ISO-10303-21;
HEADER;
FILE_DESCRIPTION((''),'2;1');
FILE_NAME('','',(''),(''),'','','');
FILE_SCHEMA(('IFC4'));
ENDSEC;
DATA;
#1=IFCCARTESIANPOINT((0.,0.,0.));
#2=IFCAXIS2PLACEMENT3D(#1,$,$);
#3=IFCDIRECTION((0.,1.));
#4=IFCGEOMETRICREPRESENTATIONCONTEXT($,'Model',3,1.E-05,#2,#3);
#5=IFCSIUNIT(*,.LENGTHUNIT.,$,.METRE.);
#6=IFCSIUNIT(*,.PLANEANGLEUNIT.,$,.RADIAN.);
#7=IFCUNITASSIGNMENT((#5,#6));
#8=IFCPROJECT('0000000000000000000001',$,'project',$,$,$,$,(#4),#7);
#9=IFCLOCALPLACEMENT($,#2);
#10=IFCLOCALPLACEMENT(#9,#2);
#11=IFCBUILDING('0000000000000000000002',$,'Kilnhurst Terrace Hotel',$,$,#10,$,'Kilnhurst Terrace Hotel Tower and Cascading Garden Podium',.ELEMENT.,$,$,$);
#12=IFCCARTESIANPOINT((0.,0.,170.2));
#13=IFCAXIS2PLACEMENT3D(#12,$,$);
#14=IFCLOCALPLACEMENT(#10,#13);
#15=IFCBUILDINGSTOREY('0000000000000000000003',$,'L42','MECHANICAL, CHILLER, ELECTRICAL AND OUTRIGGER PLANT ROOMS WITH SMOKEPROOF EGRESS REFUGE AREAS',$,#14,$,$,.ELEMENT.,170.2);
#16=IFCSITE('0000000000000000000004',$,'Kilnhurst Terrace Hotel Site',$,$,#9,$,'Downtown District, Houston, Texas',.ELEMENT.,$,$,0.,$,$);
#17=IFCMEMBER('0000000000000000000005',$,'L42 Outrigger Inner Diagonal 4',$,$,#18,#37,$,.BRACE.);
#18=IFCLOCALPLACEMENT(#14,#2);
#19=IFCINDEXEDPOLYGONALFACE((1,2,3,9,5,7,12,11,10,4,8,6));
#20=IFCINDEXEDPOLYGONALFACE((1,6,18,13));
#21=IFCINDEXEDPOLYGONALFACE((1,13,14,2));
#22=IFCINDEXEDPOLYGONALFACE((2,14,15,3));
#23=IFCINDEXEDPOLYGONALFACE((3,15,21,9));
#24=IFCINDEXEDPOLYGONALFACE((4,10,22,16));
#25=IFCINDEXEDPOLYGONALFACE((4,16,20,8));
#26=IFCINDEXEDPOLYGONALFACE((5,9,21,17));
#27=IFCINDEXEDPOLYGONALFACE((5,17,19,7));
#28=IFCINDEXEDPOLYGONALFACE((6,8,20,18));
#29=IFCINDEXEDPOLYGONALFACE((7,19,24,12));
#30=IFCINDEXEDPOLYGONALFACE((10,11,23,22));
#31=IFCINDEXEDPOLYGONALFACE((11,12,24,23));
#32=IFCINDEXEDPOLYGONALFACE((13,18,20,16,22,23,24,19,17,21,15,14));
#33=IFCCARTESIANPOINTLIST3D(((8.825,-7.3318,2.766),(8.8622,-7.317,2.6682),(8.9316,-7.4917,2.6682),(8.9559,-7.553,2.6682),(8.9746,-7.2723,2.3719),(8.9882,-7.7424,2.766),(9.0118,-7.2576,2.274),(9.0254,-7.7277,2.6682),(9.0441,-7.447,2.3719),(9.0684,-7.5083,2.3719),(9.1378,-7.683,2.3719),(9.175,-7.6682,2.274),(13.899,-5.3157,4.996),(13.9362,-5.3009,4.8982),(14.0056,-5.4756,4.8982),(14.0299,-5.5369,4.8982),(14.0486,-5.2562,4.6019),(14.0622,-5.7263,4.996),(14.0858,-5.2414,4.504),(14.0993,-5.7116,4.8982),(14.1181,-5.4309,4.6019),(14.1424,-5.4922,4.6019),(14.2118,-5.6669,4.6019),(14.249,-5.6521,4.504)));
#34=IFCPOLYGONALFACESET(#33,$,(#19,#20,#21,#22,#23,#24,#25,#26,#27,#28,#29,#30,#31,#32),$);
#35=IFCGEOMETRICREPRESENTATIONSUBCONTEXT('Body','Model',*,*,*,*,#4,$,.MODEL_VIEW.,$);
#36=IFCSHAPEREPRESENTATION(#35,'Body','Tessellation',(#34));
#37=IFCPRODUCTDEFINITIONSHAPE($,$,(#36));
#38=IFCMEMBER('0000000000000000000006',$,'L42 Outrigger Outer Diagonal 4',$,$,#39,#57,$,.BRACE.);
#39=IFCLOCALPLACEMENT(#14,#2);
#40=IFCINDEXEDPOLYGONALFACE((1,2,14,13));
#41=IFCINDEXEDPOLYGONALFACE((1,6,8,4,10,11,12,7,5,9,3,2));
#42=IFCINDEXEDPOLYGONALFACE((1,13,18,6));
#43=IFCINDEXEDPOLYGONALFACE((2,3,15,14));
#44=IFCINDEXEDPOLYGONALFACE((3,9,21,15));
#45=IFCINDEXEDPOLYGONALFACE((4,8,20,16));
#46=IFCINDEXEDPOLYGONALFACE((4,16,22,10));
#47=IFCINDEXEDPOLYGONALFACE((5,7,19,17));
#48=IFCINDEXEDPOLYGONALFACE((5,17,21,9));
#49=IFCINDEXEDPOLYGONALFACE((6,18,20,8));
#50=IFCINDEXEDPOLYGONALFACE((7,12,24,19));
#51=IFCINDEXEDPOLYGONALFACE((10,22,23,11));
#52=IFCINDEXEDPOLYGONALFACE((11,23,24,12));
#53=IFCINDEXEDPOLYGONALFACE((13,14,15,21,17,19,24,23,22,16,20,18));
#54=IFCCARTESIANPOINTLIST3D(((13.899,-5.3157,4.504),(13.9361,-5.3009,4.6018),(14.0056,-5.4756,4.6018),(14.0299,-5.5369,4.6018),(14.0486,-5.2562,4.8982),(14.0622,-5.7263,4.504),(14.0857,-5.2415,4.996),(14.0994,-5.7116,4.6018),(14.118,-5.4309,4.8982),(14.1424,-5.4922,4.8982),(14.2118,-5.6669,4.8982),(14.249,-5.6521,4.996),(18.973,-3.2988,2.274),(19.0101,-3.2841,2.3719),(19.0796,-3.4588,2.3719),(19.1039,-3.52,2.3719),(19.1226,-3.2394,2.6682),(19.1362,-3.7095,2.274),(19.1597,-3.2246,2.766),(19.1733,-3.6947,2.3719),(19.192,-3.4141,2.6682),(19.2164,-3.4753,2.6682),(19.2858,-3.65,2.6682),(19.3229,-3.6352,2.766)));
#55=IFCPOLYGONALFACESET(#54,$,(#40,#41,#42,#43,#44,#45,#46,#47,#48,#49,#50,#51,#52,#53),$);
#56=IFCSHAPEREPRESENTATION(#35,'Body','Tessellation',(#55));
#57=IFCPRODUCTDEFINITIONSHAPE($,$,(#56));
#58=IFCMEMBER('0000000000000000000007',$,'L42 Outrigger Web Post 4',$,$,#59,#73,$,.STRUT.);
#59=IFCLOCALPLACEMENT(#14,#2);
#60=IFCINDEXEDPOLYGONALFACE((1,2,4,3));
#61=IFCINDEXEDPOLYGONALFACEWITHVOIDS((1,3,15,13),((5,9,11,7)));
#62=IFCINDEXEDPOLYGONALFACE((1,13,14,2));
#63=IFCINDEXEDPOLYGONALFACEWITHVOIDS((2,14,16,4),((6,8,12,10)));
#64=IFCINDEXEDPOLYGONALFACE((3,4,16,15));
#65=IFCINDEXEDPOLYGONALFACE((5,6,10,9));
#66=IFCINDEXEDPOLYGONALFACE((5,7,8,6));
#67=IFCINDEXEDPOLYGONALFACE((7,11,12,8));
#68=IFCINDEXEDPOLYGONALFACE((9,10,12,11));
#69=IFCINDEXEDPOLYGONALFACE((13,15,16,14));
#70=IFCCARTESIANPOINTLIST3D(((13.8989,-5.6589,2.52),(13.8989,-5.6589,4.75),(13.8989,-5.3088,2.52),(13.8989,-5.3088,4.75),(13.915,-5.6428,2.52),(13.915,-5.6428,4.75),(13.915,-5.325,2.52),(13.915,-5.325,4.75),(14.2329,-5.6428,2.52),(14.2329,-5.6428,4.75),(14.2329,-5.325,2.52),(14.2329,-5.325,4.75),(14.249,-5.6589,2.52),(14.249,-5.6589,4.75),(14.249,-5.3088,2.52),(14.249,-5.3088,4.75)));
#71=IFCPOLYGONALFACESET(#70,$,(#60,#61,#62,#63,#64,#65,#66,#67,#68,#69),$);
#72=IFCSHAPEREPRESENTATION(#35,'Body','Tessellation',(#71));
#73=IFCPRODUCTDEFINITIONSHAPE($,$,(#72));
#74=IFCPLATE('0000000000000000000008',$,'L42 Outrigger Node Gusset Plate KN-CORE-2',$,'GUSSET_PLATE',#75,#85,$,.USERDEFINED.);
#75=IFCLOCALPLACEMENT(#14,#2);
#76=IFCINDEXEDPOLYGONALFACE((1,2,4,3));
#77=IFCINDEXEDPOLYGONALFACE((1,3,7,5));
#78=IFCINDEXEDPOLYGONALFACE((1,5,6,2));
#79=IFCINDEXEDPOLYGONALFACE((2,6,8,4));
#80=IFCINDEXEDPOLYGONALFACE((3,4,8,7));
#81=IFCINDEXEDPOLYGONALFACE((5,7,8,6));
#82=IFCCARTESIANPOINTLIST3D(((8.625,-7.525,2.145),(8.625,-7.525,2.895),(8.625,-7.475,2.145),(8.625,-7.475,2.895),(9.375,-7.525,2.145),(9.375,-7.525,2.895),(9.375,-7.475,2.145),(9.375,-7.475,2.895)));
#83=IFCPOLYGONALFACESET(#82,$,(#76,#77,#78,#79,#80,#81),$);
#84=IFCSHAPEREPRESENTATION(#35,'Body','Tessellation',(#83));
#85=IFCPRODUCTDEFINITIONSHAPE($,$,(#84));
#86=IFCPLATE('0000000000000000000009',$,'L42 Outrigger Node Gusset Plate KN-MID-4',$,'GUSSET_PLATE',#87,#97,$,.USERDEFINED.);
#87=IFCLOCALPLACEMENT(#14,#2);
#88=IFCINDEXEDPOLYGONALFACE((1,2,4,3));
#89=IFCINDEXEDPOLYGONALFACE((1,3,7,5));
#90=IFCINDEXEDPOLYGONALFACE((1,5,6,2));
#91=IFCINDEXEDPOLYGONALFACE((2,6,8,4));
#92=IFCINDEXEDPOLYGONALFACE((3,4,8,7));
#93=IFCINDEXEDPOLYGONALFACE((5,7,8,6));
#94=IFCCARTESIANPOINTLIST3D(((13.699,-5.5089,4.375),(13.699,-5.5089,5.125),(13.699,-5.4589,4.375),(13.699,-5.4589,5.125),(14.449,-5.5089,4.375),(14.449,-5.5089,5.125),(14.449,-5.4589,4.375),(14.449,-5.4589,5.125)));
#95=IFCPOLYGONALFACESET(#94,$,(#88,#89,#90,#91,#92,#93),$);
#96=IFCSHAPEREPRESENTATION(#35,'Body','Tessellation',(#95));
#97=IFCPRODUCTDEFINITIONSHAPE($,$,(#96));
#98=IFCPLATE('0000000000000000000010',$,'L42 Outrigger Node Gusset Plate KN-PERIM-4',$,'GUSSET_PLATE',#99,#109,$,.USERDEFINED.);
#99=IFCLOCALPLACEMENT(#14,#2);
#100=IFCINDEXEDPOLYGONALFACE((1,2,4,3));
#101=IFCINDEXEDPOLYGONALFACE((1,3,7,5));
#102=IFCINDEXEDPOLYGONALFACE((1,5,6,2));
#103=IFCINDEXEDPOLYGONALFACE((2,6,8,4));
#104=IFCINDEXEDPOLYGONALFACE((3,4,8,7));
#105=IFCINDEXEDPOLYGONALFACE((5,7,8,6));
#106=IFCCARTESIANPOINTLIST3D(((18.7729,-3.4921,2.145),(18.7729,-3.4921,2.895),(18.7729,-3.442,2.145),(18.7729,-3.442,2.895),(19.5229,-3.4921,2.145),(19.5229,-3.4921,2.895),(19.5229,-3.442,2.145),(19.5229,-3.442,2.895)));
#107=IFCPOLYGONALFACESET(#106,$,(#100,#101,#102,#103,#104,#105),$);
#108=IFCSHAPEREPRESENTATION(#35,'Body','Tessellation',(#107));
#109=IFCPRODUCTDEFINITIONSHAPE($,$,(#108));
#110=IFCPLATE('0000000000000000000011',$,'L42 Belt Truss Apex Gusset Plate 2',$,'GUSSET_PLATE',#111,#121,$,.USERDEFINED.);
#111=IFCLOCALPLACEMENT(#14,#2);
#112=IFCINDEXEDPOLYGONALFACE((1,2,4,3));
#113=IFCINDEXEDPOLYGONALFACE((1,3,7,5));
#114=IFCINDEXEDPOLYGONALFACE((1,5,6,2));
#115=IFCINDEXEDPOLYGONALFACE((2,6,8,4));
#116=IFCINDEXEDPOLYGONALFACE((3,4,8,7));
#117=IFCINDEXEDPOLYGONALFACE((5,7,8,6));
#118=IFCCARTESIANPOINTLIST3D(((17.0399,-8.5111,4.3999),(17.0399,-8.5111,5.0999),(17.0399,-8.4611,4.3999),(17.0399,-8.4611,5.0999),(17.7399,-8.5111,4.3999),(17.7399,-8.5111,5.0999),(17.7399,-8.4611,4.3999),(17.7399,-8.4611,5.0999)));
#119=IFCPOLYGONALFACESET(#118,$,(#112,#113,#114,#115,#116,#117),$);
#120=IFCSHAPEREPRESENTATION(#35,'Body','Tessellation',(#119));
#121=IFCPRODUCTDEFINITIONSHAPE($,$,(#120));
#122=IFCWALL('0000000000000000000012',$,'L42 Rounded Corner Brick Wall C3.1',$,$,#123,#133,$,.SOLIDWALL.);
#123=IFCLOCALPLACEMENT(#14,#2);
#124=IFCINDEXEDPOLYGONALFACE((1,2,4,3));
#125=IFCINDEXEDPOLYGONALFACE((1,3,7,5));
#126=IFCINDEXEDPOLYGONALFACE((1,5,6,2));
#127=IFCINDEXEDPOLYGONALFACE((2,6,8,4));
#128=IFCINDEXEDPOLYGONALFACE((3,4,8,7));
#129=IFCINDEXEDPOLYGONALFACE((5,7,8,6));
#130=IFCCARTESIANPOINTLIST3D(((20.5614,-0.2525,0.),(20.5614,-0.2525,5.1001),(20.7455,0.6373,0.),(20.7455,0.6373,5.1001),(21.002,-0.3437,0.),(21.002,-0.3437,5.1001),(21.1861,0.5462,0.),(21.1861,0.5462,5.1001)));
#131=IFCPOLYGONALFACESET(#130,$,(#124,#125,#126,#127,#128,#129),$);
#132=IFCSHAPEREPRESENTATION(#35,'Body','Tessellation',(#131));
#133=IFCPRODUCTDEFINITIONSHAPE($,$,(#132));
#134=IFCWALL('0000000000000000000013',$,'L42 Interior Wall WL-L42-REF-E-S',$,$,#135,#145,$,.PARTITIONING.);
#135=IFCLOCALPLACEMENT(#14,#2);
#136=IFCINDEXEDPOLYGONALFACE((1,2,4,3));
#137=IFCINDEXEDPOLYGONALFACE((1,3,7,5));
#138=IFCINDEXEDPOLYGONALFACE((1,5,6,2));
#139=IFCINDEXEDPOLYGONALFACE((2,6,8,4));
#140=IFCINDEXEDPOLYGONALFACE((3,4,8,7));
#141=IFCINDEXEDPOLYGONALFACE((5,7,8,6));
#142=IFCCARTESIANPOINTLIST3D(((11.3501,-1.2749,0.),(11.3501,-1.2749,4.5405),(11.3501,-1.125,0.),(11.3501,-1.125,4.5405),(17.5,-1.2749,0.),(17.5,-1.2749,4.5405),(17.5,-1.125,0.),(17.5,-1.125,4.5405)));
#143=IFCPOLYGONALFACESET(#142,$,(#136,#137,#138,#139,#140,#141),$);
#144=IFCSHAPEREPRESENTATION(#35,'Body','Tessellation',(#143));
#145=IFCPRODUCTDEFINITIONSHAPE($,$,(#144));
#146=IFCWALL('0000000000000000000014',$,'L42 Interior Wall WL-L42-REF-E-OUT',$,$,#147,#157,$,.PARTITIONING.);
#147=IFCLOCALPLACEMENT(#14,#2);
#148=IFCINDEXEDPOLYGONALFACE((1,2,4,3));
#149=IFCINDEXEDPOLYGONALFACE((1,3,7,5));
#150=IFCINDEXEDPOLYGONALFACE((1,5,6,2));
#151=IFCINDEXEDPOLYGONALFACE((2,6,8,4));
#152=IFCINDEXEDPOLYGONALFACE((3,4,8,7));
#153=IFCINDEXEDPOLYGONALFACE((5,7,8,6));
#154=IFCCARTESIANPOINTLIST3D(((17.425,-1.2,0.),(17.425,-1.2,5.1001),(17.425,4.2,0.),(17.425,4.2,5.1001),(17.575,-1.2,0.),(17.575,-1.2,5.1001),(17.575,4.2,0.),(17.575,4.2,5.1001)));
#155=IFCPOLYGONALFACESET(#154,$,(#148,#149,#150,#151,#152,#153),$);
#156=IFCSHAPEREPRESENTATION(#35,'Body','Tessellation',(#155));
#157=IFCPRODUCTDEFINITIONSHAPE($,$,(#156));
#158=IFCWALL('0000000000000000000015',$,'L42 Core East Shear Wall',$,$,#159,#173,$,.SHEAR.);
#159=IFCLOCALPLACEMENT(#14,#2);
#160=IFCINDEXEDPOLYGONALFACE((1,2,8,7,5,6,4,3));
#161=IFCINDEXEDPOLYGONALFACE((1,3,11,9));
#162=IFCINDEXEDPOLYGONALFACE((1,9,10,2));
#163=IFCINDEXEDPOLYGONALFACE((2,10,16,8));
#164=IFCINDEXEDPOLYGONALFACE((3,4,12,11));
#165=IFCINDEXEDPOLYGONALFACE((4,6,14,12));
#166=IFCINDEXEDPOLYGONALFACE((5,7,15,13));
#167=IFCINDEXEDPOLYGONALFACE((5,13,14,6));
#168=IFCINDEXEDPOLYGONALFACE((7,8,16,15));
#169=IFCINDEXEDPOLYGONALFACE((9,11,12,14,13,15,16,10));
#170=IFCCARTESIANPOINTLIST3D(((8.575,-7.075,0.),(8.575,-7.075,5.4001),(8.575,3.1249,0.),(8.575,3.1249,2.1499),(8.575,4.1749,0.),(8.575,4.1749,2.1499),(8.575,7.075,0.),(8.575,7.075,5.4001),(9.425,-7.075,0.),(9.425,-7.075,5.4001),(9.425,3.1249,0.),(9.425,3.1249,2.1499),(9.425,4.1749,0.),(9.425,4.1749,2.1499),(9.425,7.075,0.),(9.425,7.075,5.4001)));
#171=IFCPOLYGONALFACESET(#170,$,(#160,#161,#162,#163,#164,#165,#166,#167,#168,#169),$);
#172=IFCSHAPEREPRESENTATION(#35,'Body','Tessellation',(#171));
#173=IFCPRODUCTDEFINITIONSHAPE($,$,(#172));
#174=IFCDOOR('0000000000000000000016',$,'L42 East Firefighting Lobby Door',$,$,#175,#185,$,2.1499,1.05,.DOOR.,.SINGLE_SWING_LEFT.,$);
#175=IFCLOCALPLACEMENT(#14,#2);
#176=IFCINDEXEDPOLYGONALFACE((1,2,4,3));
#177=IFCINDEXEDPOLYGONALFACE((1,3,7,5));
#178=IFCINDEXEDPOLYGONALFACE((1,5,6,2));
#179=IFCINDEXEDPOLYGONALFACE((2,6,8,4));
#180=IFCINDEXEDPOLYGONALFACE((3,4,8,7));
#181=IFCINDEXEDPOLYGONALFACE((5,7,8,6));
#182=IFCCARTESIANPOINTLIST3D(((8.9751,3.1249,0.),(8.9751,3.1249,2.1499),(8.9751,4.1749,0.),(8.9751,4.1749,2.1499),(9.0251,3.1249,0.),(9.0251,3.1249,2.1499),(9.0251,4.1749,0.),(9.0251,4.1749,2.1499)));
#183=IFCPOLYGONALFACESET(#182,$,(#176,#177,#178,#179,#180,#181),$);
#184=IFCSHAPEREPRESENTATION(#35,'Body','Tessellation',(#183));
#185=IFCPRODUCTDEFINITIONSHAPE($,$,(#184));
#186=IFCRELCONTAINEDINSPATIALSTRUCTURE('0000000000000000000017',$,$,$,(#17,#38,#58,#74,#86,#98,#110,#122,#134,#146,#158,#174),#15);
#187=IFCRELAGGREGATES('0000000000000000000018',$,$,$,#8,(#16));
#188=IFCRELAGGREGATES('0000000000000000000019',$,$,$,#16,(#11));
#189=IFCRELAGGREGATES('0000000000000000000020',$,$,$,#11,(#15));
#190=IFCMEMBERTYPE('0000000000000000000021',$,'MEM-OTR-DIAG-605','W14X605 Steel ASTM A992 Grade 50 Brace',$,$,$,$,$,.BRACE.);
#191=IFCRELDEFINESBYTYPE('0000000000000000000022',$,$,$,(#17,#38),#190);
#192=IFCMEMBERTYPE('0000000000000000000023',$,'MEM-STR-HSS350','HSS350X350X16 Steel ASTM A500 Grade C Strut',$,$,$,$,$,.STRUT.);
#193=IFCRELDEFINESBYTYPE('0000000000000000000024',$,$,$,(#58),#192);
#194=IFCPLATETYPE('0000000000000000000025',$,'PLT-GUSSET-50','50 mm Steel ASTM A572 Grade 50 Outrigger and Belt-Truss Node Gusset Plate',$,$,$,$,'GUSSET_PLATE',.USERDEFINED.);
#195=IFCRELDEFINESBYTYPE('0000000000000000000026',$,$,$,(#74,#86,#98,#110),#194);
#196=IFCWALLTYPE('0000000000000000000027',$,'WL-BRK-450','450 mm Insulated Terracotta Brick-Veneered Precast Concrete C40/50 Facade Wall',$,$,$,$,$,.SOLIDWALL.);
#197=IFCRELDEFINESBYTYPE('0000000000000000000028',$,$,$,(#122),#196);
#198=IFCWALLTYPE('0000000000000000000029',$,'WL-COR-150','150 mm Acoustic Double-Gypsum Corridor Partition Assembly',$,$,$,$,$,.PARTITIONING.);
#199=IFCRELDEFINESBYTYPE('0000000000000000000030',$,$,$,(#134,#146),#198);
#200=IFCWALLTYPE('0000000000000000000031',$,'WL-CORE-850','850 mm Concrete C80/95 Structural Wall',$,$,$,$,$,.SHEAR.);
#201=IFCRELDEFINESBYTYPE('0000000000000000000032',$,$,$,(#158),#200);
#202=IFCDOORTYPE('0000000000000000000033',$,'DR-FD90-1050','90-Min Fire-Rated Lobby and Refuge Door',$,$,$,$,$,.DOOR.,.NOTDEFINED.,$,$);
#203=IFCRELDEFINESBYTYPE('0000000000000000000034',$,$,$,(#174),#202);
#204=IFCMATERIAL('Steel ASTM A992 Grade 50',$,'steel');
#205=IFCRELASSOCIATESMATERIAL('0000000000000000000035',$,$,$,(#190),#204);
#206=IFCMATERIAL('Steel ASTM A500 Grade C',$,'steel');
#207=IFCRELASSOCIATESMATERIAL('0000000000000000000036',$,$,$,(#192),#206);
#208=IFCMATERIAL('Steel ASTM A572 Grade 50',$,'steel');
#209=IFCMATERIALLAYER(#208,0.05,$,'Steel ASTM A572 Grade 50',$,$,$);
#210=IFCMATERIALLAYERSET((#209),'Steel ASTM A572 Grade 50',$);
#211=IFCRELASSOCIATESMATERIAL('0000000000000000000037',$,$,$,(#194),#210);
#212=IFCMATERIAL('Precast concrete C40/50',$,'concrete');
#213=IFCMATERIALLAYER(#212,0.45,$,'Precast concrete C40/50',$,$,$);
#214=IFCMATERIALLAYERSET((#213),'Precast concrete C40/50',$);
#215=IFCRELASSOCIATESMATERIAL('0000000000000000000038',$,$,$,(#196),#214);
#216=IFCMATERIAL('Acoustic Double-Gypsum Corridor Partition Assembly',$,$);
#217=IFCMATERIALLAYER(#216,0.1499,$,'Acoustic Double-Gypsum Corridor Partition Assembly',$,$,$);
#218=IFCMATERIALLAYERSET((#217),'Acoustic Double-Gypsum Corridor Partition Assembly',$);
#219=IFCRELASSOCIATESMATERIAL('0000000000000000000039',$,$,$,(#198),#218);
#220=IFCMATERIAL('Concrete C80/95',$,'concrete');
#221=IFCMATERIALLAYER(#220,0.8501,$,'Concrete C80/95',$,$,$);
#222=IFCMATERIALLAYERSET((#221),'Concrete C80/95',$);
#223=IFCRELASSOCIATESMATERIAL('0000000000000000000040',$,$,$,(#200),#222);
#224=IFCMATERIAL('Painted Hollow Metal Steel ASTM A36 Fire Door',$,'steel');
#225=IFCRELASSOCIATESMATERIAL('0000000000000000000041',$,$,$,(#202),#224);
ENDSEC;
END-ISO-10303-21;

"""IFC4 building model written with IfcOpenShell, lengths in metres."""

from ifc_helpers import new_model, si_unit, direction, frame, frame_2d, origin, origin_2d, place, context, subcontext, project, spatial, rectangle, hollow_rectangle, i_section, extrude, material, layer, layer_set, material_profile, profile_set, type_object, element, fill, save


model = new_model("IFC4")

# Units and contexts
model_context = context("Model", 3, precision=1e-05, world=origin(), true_north=direction((0.0, 1.0)))
body_context = subcontext(model_context, "Body", "Model", "MODEL_VIEW")
ifc_project = project(units=[si_unit("LENGTHUNIT", "METRE"), si_unit("PLANEANGLEUNIT", "RADIAN")], contexts=[model_context])

# Site, building, storey
site_placement = place(None, origin())
site = spatial("IfcSite", under=ifc_project, at=site_placement, Name="Kilnhurst Terrace Hotel Site", LongName="Downtown District, Houston, Texas", CompositionType="ELEMENT", RefElevation=0.0)
building_placement = place(site_placement, origin())
building = spatial("IfcBuilding", under=site, at=building_placement, Name="Kilnhurst Terrace Hotel", LongName="Kilnhurst Terrace Hotel Tower and Cascading Garden Podium", CompositionType="ELEMENT")
storey_placement = place(building_placement, frame((0.0, 0.0, 170.2)))
storey = spatial("IfcBuildingStorey", under=building, at=storey_placement, Name="L42", Description="MECHANICAL, CHILLER, ELECTRICAL AND OUTRIGGER PLANT ROOMS WITH SMOKEPROOF EGRESS REFUGE AREAS", CompositionType="ELEMENT", Elevation=170.2)

# Shared definitions
ifc_material_1 = material(Name="Concrete C80/95", Category="concrete")

# Shared definitions
ifc_material_2 = material(Name="Steel ASTM A992 Grade 50", Category="steel")

# Members
ifc_material_3 = material(Name="Steel ASTM A500 Grade C", Category="steel")
ifc_material_profile_1 = material_profile(ifc_material_2, i_section(OverallWidth=0.4419, OverallDepth=0.5315, WebThickness=0.0659, FlangeThickness=0.1057, at=origin_2d()), Name="W14X605")
ifc_profile_set_1 = profile_set([ifc_material_profile_1], Name="Steel ASTM A992 Grade 50")
member_type_1 = type_object("IfcMemberType", Name="MEM-OTR-DIAG-605", Description="W14X605 Steel ASTM A992 Grade 50 Brace", PredefinedType="BRACE", material=ifc_profile_set_1)
member_1_placement = place(storey_placement, frame((9.0, -7.5, 2.52), z_axis=(0.860333, 0.341848, 0.378111), x_axis=(-0.369262, 0.929325, 0.0)))
element("IfcMember", 1, at=member_1_placement, inside=storey, type_object=member_type_1, Name="L42 Outrigger Inner Diagonal 4", PredefinedType="BRACE", context=body_context, shape_type="SweptSolid", body=[
    extrude(i_section(OverallWidth=0.4419, OverallDepth=0.5315, WebThickness=0.0659, FlangeThickness=0.1057, at=origin_2d()), origin(), (0.0, 0.0, 1.0), 5.8977),
])
member_2_placement = place(storey_placement, frame((14.074, -5.4839, 4.75), z_axis=(0.860296, 0.341958, -0.378095), x_axis=(-0.369378, 0.929279, 0.0)))
element("IfcMember", 2, at=member_2_placement, inside=storey, type_object=member_type_1, Name="L42 Outrigger Outer Diagonal 4", PredefinedType="BRACE", context=body_context, shape_type="SweptSolid", body=[
    extrude(i_section(OverallWidth=0.4419, OverallDepth=0.5315, WebThickness=0.0659, FlangeThickness=0.1057, at=origin_2d()), origin(), (0.0, 0.0, 1.0), 5.8979),
])
ifc_material_profile_2 = material_profile(ifc_material_3, hollow_rectangle(XDim=0.3501, YDim=0.3501, WallThickness=0.0161, at=origin_2d()), Name="HSS350X350X16")
ifc_profile_set_2 = profile_set([ifc_material_profile_2], Name="Steel ASTM A500 Grade C")
member_type_2 = type_object("IfcMemberType", Name="MEM-STR-HSS350", Description="HSS350X350X16 Steel ASTM A500 Grade C Strut", PredefinedType="STRUT", material=ifc_profile_set_2)
member_3_placement = place(storey_placement, frame((14.074, -5.4839, 2.52), z_axis=(0.0, 0.0, 1.0), x_axis=(1.0, 0.0, 0.0)))
element("IfcMember", 3, at=member_3_placement, inside=storey, type_object=member_type_2, Name="L42 Outrigger Web Post 4", PredefinedType="STRUT", context=body_context, shape_type="SweptSolid", body=[
    extrude(hollow_rectangle(XDim=0.3501, YDim=0.3501, WallThickness=0.0161, at=origin_2d()), origin(), (0.0, 0.0, 1.0), 2.23),
])

# Plates
ifc_material_4 = material(Name="Steel ASTM A572 Grade 50", Category="steel")
ifc_layer_1 = layer(ifc_material_4, 0.05, Name="Steel ASTM A572 Grade 50")
ifc_layer_set_1 = layer_set([ifc_layer_1], Name="Steel ASTM A572 Grade 50")
plate_type = type_object("IfcPlateType", Name="PLT-GUSSET-50", Description="50 mm Steel ASTM A572 Grade 50 Outrigger and Belt-Truss Node Gusset Plate", ElementType="GUSSET_PLATE", PredefinedType="USERDEFINED", material=ifc_layer_set_1)
for number, where, z_axis, x_axis, name in (
    (4, (9.0, -7.5, 2.145), (0.0, 0.0, 1.0), (1.0, 0.0, 0.0), "L42 Outrigger Node Gusset Plate KN-CORE-2"),
    (5, (14.074, -5.4839, 4.375), (0.0, 0.0, 1.0), (1.0, 0.0, 0.0), "L42 Outrigger Node Gusset Plate KN-MID-4"),
    (6, (19.1479, -3.467, 2.145), (0.0, 0.0, 1.0), (1.0, 0.0, 0.0), "L42 Outrigger Node Gusset Plate KN-PERIM-4"),
):
    element("IfcPlate", number, at=place(storey_placement, frame(where, z_axis=z_axis, x_axis=x_axis)), inside=storey, type_object=plate_type, Name=name, ObjectType="GUSSET_PLATE", PredefinedType="USERDEFINED", context=body_context, shape_type="SweptSolid", body=[
        extrude(rectangle(XDim=0.75, YDim=0.05, at=origin_2d()), origin(), (0.0, 0.0, 1.0), 0.75),
    ])
plate_placement = place(storey_placement, frame((17.3899, -8.4861, 4.3999), z_axis=(0.0, 0.0, 1.0), x_axis=(1.0, 0.0, 0.0)))
element("IfcPlate", 7, at=plate_placement, inside=storey, type_object=plate_type, Name="L42 Belt Truss Apex Gusset Plate 2", ObjectType="GUSSET_PLATE", PredefinedType="USERDEFINED", context=body_context, shape_type="SweptSolid", body=[
    extrude(rectangle(XDim=0.7, YDim=0.05, at=origin_2d()), origin(), (0.0, 0.0, 1.0), 0.7),
])

# Walls
ifc_material_5 = material(Name="Precast concrete C40/50", Category="concrete")
ifc_layer_2 = layer(ifc_material_5, 0.45, Name="Precast concrete C40/50")
ifc_layer_set_2 = layer_set([ifc_layer_2], Name="Precast concrete C40/50")
wall_type_1 = type_object("IfcWallType", Name="WL-BRK-450", Description="450 mm Insulated Terracotta Brick-Veneered Precast Concrete C40/50 Facade Wall", PredefinedType="SOLIDWALL", material=ifc_layer_set_2)
wall_1_placement = place(storey_placement, frame((20.7817, -0.2981, 0.0), z_axis=(0.0, 0.0, 1.0), x_axis=(0.20257, 0.979268, 0.0)))
element("IfcWall", 8, at=wall_1_placement, inside=storey, type_object=wall_type_1, Name="L42 Rounded Corner Brick Wall C3.1", PredefinedType="SOLIDWALL", context=body_context, shape_type="SweptSolid", body=[
    extrude(rectangle(XDim=0.9087, YDim=0.45, at=frame_2d((0.4543, 0.0))), origin(), (0.0, 0.0, 1.0), 5.1001),
])
ifc_material_6 = material(Name="Acoustic Double-Gypsum Corridor Partition Assembly")
ifc_layer_3 = layer(ifc_material_6, 0.1499, Name="Acoustic Double-Gypsum Corridor Partition Assembly")
ifc_layer_set_3 = layer_set([ifc_layer_3], Name="Acoustic Double-Gypsum Corridor Partition Assembly")
wall_type_2 = type_object("IfcWallType", Name="WL-COR-150", Description="150 mm Acoustic Double-Gypsum Corridor Partition Assembly", PredefinedType="PARTITIONING", material=ifc_layer_set_3)
wall_2_placement = place(storey_placement, frame((11.3501, -1.2, 0.0), z_axis=(0.0, 0.0, 1.0), x_axis=(1.0, 0.0, 0.0)))
element("IfcWall", 9, at=wall_2_placement, inside=storey, type_object=wall_type_2, Name="L42 Interior Wall WL-L42-REF-E-S", PredefinedType="PARTITIONING", context=body_context, shape_type="SweptSolid", body=[
    extrude(rectangle(XDim=6.1499, YDim=0.1499, at=frame_2d((3.075, 0.0))), origin(), (0.0, 0.0, 1.0), 4.5405),
])
wall_3_placement = place(storey_placement, frame((17.5, -1.2, 0.0), z_axis=(0.0, 0.0, 1.0), x_axis=(0.0, 1.0, 0.0)))
element("IfcWall", 10, at=wall_3_placement, inside=storey, type_object=wall_type_2, Name="L42 Interior Wall WL-L42-REF-E-OUT", PredefinedType="PARTITIONING", context=body_context, shape_type="SweptSolid", body=[
    extrude(rectangle(XDim=5.3999, YDim=0.1499, at=frame_2d((2.7, 0.0))), origin(), (0.0, 0.0, 1.0), 5.1001),
])

# Wall, opening, door
ifc_layer_4 = layer(ifc_material_1, 0.8501, Name="Concrete C80/95")
ifc_layer_set_4 = layer_set([ifc_layer_4], Name="Concrete C80/95")
wall_type_3 = type_object("IfcWallType", Name="WL-CORE-850", Description="850 mm Concrete C80/95 Structural Wall", PredefinedType="SHEAR", material=ifc_layer_set_4)
wall_4_placement = place(storey_placement, frame((9.0, -7.075, 0.0), z_axis=(0.0, 0.0, 1.0), x_axis=(0.0, 1.0, 0.0)))
wall_4 = element("IfcWall", 11, at=wall_4_placement, inside=storey, type_object=wall_type_3, Name="L42 Core East Shear Wall", PredefinedType="SHEAR", context=body_context, shape_type="SweptSolid", body=[
    extrude(rectangle(XDim=14.1499, YDim=0.8501, at=frame_2d((7.075, 0.0))), origin(), (0.0, 0.0, 1.0), 5.4001),
])
opening_placement = place(wall_4_placement, frame((10.2, 0.0, 0.0)))
opening = element("IfcOpeningElement", 12, at=opening_placement, cuts=wall_4, PredefinedType="OPENING", context=body_context, shape_type="SweptSolid", body=[
    extrude(rectangle(XDim=1.05, YDim=2.1499, at=frame_2d((0.5249, 1.075))), frame((0.0, 0.4351, 0.0), z_axis=(0.0, -1.0, 0.0), x_axis=(1.0, 0.0, 0.0)), (0.0, 0.0, 1.0), 0.8701),
])
ifc_material_7 = material(Name="Painted Hollow Metal Steel ASTM A36 Fire Door", Category="steel")
door_type = type_object("IfcDoorType", Name="DR-FD90-1050", Description="90-Min Fire-Rated Lobby and Refuge Door", OperationType="NOTDEFINED", PredefinedType="DOOR", material=ifc_material_7)
door_placement = place(opening_placement, origin())
door = element("IfcDoor", 13, at=door_placement, inside=storey, type_object=door_type, Name="L42 East Firefighting Lobby Door", OperationType="SINGLE_SWING_LEFT", OverallHeight=2.1499, OverallWidth=1.05, PredefinedType="DOOR", context=body_context, shape_type="SweptSolid", body=[
    extrude(rectangle(XDim=1.05, YDim=2.1499, at=frame_2d((0.5249, 1.075))), frame((0.0, 0.0249, 0.0), z_axis=(0.0, -1.0, 0.0), x_axis=(1.0, 0.0, 0.0)), (0.0, 0.0, 1.0), 0.05),
])
fill(opening, door)

save(model, "model.ifc")
